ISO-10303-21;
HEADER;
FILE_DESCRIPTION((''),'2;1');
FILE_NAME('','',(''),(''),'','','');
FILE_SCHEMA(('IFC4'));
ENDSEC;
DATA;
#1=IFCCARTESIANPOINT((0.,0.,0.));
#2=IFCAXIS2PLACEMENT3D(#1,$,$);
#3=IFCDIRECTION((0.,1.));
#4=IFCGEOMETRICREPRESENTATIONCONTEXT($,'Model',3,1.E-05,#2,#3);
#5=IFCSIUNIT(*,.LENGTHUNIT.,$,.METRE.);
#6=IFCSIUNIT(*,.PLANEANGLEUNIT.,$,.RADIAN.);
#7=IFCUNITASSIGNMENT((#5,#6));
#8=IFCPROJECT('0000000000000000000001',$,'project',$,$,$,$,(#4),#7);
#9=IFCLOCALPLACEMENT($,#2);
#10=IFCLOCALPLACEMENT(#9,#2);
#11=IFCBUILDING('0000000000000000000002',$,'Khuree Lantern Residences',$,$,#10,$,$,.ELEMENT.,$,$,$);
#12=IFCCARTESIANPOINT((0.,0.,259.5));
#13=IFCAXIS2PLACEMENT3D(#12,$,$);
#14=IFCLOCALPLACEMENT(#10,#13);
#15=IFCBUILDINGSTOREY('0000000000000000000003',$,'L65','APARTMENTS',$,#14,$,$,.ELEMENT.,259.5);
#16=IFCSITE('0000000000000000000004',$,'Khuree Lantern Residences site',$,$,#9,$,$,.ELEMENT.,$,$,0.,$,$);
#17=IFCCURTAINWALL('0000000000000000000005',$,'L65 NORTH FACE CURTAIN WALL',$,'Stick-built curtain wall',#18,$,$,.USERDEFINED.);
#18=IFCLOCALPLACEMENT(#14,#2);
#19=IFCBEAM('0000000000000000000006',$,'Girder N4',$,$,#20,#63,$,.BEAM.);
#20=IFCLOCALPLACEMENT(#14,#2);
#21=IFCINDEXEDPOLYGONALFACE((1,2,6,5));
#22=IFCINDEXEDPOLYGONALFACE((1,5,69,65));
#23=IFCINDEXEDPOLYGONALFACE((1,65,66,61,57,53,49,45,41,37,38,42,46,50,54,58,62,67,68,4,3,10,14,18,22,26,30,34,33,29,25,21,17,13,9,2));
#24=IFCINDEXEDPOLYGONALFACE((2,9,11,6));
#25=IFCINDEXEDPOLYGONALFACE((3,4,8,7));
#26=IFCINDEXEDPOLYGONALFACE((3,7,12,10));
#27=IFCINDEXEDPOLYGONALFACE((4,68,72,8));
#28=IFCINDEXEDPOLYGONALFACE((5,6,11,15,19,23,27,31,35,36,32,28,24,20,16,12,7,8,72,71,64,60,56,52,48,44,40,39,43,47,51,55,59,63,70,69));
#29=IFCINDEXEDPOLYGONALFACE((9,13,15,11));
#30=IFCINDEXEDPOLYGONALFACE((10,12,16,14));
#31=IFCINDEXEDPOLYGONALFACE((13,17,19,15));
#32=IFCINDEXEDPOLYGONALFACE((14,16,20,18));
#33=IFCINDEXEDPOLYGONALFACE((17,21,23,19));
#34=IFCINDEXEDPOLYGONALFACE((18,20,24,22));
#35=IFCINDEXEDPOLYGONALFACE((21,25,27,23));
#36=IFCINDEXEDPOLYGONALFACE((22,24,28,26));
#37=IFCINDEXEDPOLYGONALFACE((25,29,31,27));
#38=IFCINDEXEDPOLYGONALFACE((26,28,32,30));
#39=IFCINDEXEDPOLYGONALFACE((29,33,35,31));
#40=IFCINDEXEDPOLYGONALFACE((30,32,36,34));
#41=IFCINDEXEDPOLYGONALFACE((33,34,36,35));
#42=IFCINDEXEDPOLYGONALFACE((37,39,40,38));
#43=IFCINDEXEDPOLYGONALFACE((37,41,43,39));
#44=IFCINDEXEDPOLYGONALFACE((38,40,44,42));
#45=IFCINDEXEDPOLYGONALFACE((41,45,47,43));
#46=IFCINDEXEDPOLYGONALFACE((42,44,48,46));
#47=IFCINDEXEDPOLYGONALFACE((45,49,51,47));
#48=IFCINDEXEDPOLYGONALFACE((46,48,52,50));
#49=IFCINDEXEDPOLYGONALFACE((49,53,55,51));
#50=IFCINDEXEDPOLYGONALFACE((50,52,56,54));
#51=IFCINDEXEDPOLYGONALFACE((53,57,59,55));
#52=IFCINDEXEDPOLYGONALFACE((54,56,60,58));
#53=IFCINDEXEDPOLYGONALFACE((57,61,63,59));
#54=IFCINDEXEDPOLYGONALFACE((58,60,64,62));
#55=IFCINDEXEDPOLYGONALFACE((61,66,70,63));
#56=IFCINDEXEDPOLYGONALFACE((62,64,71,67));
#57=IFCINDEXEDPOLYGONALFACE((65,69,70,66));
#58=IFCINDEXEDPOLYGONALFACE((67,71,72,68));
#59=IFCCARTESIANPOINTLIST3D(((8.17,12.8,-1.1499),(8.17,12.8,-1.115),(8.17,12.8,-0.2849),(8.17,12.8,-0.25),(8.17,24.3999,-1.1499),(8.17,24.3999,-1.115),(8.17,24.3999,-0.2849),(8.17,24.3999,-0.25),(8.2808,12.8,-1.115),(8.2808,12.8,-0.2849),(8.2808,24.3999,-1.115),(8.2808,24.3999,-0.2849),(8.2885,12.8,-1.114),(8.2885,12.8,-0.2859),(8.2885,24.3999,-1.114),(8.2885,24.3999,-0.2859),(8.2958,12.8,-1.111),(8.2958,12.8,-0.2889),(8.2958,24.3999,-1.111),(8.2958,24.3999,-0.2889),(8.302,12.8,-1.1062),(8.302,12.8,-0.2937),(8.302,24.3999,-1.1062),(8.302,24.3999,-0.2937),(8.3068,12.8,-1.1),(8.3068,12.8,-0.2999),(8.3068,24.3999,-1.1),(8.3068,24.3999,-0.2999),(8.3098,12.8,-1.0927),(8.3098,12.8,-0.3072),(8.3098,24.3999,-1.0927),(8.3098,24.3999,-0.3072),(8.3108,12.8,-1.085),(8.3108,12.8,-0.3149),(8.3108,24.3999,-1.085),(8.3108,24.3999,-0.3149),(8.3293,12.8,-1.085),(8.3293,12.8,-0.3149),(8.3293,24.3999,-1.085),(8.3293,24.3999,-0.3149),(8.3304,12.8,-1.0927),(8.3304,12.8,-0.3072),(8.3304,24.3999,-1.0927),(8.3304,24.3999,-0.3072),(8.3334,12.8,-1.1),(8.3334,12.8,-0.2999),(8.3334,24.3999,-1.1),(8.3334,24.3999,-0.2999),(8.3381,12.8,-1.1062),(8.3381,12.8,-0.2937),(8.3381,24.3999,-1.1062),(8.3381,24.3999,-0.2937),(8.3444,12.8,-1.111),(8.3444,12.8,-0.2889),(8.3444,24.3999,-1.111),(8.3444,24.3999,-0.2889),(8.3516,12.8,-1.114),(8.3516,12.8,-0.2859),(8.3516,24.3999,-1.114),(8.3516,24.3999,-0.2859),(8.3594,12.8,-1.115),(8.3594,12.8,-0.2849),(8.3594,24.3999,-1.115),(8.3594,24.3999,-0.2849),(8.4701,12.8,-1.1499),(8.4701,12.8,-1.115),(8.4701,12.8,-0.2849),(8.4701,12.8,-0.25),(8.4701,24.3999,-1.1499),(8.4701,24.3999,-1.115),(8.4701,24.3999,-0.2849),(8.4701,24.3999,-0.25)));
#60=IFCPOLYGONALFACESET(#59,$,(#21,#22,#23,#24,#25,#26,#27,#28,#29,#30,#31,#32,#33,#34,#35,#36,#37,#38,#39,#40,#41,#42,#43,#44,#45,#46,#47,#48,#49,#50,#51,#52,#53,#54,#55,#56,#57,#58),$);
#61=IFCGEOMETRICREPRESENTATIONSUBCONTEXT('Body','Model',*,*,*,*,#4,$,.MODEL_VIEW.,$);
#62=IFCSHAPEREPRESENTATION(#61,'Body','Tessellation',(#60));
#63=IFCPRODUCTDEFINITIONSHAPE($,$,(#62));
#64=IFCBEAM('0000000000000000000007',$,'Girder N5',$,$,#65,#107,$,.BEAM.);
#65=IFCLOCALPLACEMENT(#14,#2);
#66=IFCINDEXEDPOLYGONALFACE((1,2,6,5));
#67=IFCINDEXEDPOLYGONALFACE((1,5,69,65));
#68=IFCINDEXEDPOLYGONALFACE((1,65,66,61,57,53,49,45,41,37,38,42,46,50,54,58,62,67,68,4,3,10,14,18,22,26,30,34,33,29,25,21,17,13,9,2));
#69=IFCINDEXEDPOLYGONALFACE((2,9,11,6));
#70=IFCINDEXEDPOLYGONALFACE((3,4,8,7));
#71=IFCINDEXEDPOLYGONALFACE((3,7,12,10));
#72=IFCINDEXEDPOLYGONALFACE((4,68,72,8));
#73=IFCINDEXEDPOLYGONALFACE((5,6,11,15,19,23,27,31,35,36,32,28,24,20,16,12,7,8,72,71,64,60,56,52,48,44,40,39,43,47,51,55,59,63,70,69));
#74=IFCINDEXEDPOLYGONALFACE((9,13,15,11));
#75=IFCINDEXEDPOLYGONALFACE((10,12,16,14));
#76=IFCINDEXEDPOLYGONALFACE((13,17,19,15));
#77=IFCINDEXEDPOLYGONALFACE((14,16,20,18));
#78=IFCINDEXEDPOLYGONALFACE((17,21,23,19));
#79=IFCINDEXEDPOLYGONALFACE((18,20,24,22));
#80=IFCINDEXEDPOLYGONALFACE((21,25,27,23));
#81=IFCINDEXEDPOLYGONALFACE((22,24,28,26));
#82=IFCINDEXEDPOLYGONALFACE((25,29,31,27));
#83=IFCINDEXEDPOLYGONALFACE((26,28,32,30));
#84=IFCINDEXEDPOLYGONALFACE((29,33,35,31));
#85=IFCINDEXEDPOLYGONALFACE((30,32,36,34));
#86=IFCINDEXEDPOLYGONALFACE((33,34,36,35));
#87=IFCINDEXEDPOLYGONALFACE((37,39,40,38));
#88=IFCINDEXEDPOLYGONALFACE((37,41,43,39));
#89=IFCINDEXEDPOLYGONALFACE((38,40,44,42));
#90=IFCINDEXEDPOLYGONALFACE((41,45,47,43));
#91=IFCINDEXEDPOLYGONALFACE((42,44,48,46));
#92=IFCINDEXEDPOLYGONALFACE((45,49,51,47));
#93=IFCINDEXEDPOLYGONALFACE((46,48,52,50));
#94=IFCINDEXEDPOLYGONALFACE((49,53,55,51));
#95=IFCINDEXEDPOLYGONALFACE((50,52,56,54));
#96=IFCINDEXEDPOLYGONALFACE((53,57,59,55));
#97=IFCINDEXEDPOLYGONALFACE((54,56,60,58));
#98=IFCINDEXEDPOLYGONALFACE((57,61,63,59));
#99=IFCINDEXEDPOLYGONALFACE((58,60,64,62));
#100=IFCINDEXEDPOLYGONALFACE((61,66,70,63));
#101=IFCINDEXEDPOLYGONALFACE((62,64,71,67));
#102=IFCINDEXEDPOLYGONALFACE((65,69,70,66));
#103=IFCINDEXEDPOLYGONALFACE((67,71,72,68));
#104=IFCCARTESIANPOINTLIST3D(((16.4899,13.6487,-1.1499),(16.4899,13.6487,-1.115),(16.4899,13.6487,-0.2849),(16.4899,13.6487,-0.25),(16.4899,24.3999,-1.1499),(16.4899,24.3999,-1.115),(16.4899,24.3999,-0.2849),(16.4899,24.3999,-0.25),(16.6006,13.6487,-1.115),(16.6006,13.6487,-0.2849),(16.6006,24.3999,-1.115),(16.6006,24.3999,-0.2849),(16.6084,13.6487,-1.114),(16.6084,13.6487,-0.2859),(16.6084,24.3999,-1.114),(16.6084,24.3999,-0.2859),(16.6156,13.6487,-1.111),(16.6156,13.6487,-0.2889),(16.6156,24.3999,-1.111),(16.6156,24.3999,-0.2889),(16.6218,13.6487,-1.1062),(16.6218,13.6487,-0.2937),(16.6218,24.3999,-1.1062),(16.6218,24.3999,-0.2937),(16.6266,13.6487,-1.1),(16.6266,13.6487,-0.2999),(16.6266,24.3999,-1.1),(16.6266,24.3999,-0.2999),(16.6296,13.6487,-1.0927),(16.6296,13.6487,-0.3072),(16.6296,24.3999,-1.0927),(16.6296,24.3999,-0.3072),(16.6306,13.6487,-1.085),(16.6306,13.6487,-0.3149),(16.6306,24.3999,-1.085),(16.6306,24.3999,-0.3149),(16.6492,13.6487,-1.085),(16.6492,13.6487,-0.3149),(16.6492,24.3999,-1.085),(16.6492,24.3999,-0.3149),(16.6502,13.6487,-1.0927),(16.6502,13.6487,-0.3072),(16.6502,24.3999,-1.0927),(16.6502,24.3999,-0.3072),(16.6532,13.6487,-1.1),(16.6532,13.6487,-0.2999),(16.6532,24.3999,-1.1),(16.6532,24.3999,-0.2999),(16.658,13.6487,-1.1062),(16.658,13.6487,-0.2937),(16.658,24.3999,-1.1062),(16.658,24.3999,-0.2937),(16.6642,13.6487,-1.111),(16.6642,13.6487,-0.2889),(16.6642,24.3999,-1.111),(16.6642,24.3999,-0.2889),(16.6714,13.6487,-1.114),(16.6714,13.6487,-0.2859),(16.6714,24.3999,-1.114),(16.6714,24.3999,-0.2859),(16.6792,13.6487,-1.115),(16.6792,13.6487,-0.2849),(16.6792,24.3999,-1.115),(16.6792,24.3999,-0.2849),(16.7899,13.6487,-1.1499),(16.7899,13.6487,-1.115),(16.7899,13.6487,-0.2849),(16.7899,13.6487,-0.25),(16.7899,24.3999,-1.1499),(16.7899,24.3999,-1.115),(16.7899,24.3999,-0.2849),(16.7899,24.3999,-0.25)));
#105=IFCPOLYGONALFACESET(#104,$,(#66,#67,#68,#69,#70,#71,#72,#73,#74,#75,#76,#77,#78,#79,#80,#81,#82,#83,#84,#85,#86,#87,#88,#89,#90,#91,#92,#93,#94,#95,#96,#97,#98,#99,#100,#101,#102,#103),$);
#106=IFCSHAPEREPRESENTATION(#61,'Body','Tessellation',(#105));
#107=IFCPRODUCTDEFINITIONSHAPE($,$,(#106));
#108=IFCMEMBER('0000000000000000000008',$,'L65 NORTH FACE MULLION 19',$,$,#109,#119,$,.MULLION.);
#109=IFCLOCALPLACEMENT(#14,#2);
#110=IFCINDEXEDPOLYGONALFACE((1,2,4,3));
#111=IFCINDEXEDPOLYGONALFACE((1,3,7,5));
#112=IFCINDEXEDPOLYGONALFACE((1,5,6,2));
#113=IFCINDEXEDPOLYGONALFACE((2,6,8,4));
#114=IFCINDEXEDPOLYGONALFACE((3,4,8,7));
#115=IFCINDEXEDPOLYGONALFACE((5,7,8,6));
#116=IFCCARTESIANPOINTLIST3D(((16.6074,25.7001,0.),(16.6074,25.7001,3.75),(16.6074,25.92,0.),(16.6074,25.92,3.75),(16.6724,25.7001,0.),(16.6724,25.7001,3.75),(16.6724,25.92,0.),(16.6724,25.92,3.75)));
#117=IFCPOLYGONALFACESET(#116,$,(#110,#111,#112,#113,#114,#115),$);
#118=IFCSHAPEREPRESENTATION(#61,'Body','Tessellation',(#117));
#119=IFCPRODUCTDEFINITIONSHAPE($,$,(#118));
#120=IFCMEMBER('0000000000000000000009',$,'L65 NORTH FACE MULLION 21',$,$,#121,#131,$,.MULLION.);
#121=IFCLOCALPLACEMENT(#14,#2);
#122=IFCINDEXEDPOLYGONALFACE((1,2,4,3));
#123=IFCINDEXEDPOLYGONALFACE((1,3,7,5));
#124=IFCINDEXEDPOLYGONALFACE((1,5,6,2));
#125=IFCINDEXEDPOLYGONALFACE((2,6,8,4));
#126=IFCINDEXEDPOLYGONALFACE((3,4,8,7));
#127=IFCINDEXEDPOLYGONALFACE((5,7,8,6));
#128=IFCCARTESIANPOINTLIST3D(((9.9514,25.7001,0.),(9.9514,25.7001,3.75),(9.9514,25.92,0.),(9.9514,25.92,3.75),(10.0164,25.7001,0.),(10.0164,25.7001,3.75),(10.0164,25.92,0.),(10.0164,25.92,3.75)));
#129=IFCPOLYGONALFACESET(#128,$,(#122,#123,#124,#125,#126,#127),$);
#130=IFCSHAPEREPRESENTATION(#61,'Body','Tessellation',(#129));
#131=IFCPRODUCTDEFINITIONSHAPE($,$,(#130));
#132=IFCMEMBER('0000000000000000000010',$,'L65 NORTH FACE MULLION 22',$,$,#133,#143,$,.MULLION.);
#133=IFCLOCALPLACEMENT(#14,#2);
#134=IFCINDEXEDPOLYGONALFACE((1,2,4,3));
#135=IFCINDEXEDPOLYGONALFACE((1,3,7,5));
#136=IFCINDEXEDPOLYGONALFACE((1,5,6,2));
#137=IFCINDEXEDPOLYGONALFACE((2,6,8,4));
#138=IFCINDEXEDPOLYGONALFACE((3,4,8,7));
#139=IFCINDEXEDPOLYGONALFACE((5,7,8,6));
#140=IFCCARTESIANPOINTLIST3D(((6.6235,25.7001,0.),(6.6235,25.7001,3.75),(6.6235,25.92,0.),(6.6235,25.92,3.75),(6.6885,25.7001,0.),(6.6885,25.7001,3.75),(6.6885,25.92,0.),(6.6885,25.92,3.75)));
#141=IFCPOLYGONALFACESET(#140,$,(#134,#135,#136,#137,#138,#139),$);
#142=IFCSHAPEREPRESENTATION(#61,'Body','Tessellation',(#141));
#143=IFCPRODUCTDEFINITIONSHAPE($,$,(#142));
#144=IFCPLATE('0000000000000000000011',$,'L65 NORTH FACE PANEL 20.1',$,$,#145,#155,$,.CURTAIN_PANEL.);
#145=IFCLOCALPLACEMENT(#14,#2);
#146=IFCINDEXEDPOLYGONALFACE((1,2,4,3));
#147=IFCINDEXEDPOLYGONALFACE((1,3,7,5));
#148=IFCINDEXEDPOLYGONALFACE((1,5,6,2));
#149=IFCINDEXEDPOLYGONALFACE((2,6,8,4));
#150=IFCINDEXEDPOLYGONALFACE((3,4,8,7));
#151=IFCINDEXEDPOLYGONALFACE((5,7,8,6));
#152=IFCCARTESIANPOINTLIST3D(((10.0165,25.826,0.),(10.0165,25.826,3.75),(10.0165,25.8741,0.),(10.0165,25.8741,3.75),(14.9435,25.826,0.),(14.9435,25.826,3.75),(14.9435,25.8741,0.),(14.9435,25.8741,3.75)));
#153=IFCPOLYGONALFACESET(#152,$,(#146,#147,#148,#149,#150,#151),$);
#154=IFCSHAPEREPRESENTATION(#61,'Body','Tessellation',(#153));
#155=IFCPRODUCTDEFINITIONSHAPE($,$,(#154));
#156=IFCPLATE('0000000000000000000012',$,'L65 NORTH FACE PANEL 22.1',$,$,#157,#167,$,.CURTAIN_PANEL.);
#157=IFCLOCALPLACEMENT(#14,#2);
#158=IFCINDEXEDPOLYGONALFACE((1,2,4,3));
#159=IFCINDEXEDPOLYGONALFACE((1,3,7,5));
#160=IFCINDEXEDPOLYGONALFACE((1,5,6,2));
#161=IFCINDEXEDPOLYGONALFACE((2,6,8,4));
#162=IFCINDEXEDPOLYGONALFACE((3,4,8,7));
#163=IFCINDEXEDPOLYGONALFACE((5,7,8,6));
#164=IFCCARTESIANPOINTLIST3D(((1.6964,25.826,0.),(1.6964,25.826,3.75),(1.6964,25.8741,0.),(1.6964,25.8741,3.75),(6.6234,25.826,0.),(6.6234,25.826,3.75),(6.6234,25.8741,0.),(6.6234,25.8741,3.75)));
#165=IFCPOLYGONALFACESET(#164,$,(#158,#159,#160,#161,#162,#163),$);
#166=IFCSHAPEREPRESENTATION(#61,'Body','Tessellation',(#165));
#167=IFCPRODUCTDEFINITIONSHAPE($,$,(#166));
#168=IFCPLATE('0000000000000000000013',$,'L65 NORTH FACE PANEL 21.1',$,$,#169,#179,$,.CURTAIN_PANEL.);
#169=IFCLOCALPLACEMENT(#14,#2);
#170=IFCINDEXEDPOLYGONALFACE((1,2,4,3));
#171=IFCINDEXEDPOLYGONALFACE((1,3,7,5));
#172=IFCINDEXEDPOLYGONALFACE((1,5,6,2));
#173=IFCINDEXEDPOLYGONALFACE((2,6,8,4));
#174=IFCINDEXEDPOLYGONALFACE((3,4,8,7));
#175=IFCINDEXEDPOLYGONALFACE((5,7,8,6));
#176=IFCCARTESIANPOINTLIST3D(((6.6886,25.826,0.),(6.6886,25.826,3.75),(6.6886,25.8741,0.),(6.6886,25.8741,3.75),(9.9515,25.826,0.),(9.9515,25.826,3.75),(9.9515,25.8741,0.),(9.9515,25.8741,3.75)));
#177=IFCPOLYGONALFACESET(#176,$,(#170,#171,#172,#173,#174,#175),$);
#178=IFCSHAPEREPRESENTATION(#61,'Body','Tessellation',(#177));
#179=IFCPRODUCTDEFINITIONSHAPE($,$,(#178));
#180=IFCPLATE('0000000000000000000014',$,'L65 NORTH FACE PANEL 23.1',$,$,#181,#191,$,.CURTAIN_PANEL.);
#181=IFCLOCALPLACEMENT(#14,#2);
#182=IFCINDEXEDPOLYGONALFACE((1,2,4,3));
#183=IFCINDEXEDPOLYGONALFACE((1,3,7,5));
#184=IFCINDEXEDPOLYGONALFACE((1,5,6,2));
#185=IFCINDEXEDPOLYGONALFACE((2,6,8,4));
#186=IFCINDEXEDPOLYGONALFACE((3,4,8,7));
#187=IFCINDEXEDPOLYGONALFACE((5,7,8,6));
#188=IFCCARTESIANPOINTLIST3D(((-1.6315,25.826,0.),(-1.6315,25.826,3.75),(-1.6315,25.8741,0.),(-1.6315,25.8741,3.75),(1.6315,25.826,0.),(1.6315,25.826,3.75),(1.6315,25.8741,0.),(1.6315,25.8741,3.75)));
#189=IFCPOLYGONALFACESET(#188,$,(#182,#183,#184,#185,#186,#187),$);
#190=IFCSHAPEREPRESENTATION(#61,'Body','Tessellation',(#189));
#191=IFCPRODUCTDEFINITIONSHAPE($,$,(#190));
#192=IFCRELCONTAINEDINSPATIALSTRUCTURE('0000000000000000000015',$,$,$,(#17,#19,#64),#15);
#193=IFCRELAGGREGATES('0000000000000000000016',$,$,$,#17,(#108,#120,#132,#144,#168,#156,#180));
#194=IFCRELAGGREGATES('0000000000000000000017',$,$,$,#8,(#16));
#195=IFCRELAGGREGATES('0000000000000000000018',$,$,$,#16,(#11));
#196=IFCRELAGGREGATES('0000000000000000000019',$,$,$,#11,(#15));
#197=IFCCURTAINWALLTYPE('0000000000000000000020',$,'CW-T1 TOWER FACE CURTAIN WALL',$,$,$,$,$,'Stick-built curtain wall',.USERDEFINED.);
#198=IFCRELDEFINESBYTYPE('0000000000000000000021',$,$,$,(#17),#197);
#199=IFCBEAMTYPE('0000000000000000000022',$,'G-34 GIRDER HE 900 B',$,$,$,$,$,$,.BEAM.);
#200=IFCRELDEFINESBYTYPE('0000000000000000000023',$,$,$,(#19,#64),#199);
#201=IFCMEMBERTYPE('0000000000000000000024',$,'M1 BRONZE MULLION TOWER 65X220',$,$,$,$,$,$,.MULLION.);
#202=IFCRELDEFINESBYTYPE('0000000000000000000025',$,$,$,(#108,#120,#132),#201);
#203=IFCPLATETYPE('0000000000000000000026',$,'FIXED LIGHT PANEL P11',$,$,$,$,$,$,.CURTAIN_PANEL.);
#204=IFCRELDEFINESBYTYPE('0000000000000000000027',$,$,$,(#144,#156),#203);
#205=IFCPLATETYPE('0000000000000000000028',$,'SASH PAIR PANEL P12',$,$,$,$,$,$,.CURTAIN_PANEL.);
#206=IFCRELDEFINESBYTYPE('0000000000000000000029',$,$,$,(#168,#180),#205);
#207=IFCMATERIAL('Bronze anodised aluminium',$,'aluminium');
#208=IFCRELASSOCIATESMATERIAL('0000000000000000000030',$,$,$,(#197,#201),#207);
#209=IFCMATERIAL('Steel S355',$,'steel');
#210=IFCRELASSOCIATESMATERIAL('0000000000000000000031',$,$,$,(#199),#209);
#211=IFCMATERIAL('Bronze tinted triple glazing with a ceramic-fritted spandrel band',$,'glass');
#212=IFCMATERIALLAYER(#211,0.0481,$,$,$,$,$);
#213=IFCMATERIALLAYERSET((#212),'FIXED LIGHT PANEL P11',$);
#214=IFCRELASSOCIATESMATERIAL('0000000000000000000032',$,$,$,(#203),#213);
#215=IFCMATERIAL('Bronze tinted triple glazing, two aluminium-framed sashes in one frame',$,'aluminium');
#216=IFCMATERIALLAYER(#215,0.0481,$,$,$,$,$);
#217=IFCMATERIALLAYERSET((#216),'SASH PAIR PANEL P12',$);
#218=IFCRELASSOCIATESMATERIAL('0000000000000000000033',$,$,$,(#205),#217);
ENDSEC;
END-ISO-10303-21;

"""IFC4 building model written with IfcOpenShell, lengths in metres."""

from ifc_helpers import new_model, si_unit, direction, frame, origin, origin_2d, place, context, subcontext, project, spatial, rectangle, i_section, extrude, material, layer, layer_set, material_profile, profile_set, type_object, element, aggregate, save


model = new_model("IFC4")

# Units and contexts
model_context = context("Model", 3, precision=1e-05, world=origin(), true_north=direction((0.0, 1.0)))
body_context = subcontext(model_context, "Body", "Model", "MODEL_VIEW")
ifc_project = project(units=[si_unit("LENGTHUNIT", "METRE"), si_unit("PLANEANGLEUNIT", "RADIAN")], contexts=[model_context])

# Site, building, storey
site_placement = place(None, origin())
site = spatial("IfcSite", under=ifc_project, at=site_placement, Name="Khuree Lantern Residences site", CompositionType="ELEMENT", RefElevation=0.0)
building_placement = place(site_placement, origin())
building = spatial("IfcBuilding", under=site, at=building_placement, Name="Khuree Lantern Residences", CompositionType="ELEMENT")
storey_placement = place(building_placement, frame((0.0, 0.0, 259.5)))
storey = spatial("IfcBuildingStorey", under=building, at=storey_placement, Name="L65", Description="APARTMENTS", CompositionType="ELEMENT", Elevation=259.5)

# Shared definitions
ifc_material_1 = material(Name="Steel S355", Category="steel")

# Curtain wall
ifc_material_2 = material(Name="Bronze anodised aluminium", Category="aluminium")
curtain_wall_type = type_object("IfcCurtainWallType", Name="CW-T1 TOWER FACE CURTAIN WALL", ElementType="Stick-built curtain wall", PredefinedType="USERDEFINED", material=ifc_material_2)
curtain_wall_placement = place(storey_placement, origin())
curtain_wall = element("IfcCurtainWall", 1, at=curtain_wall_placement, inside=storey, type_object=curtain_wall_type, Name="L65 NORTH FACE CURTAIN WALL", ObjectType="Stick-built curtain wall", PredefinedType="USERDEFINED")

# Beams
ifc_material_profile_1 = material_profile(ifc_material_1, i_section(OverallWidth=0.3, OverallDepth=0.8999, WebThickness=0.0186, FlangeThickness=0.0349, FilletRadius=0.03, at=origin_2d()), Name="HE 900 B")
ifc_profile_set_1 = profile_set([ifc_material_profile_1], Name="Steel S355")
beam_type_1 = type_object("IfcBeamType", Name="G-34 GIRDER HE 900 B", PredefinedType="BEAM", material=ifc_profile_set_1)
for number, where, z_axis, x_axis, name in (
    (2, (8.3201, 24.3999, -0.7), (0.0, -1.0, 0.0), (1.0, 0.0, 0.0), "Girder N4"),
):
    element("IfcBeam", number, at=place(storey_placement, frame(where, z_axis=z_axis, x_axis=x_axis)), inside=storey, type_object=beam_type_1, Name=name, PredefinedType="BEAM", context=body_context, shape_type="SweptSolid", body=[
        extrude(i_section(OverallWidth=0.3, OverallDepth=0.8999, WebThickness=0.0186, FlangeThickness=0.0349, FilletRadius=0.03, at=origin_2d()), origin(), (0.0, 0.0, 1.0), 11.5999),
    ])
beam_1_placement = place(storey_placement, frame((16.6399, 24.3999, -0.7), z_axis=(0.0, -1.0, 0.0), x_axis=(1.0, 0.0, 0.0)))
element("IfcBeam", 3, at=beam_1_placement, inside=storey, type_object=beam_type_1, Name="Girder N5", PredefinedType="BEAM", context=body_context, shape_type="SweptSolid", body=[
    extrude(i_section(OverallWidth=0.3, OverallDepth=0.8999, WebThickness=0.0186, FlangeThickness=0.0349, FilletRadius=0.03, at=origin_2d()), origin(), (0.0, 0.0, 1.0), 10.7512),
])

# Members
ifc_material_profile_2 = material_profile(ifc_material_2, rectangle(XDim=0.0649, YDim=0.22, at=origin_2d()), Name="M1 65X220")
ifc_profile_set_2 = profile_set([ifc_material_profile_2], Name="Bronze anodised aluminium")
member_type_1 = type_object("IfcMemberType", Name="M1 BRONZE MULLION TOWER 65X220", PredefinedType="MULLION", material=ifc_profile_set_2)
member_1_placement = place(storey_placement, frame((16.6399, 25.8101, 0.0), z_axis=(0.0, 0.0, 1.0), x_axis=(-1.0, 0.0, 0.0)))
member_1 = element("IfcMember", 4, at=member_1_placement, type_object=member_type_1, Name="L65 NORTH FACE MULLION 19", PredefinedType="MULLION", context=body_context, shape_type="SweptSolid", body=[
    extrude(rectangle(XDim=0.0649, YDim=0.22, at=origin_2d()), origin(), (0.0, 0.0, 1.0), 3.75),
])
member_2_placement = place(storey_placement, frame((9.9839, 25.8101, 0.0), z_axis=(0.0, 0.0, 1.0), x_axis=(-1.0, 0.0, 0.0)))
member_2 = element("IfcMember", 5, at=member_2_placement, type_object=member_type_1, Name="L65 NORTH FACE MULLION 21", PredefinedType="MULLION", context=body_context, shape_type="SweptSolid", body=[
    extrude(rectangle(XDim=0.0649, YDim=0.22, at=origin_2d()), origin(), (0.0, 0.0, 1.0), 3.75),
])
member_3_placement = place(storey_placement, frame((6.656, 25.8101, 0.0), z_axis=(0.0, 0.0, 1.0), x_axis=(-1.0, 0.0, 0.0)))
member_3 = element("IfcMember", 6, at=member_3_placement, type_object=member_type_1, Name="L65 NORTH FACE MULLION 22", PredefinedType="MULLION", context=body_context, shape_type="SweptSolid", body=[
    extrude(rectangle(XDim=0.0649, YDim=0.22, at=origin_2d()), origin(), (0.0, 0.0, 1.0), 3.75),
])

# Plates
ifc_material_3 = material(Name="Bronze tinted triple glazing with a ceramic-fritted spandrel band", Category="glass")
ifc_layer_1 = layer(ifc_material_3, 0.0481)
ifc_layer_set_1 = layer_set([ifc_layer_1], Name="FIXED LIGHT PANEL P11")
plate_type_1 = type_object("IfcPlateType", Name="FIXED LIGHT PANEL P11", PredefinedType="CURTAIN_PANEL", material=ifc_layer_set_1)
plate_1_placement = place(storey_placement, frame((12.48, 25.8501, 0.0), z_axis=(0.0, 0.0, 1.0), x_axis=(-1.0, 0.0, 0.0)))
plate_1 = element("IfcPlate", 7, at=plate_1_placement, type_object=plate_type_1, Name="L65 NORTH FACE PANEL 20.1", PredefinedType="CURTAIN_PANEL", context=body_context, shape_type="SweptSolid", body=[
    extrude(rectangle(XDim=4.927, YDim=0.0481, at=origin_2d()), origin(), (0.0, 0.0, 1.0), 3.75),
])
plate_2_placement = place(storey_placement, frame((4.1599, 25.8501, 0.0), z_axis=(0.0, 0.0, 1.0), x_axis=(-1.0, 0.0, 0.0)))
plate_2 = element("IfcPlate", 8, at=plate_2_placement, type_object=plate_type_1, Name="L65 NORTH FACE PANEL 22.1", PredefinedType="CURTAIN_PANEL", context=body_context, shape_type="SweptSolid", body=[
    extrude(rectangle(XDim=4.927, YDim=0.0481, at=origin_2d()), origin(), (0.0, 0.0, 1.0), 3.75),
])
ifc_material_4 = material(Name="Bronze tinted triple glazing, two aluminium-framed sashes in one frame", Category="aluminium")
ifc_layer_2 = layer(ifc_material_4, 0.0481)
ifc_layer_set_2 = layer_set([ifc_layer_2], Name="SASH PAIR PANEL P12")
plate_type_2 = type_object("IfcPlateType", Name="SASH PAIR PANEL P12", PredefinedType="CURTAIN_PANEL", material=ifc_layer_set_2)
plate_3_placement = place(storey_placement, frame((8.3201, 25.8501, 0.0), z_axis=(0.0, 0.0, 1.0), x_axis=(-1.0, 0.0, 0.0)))
plate_3 = element("IfcPlate", 9, at=plate_3_placement, type_object=plate_type_2, Name="L65 NORTH FACE PANEL 21.1", PredefinedType="CURTAIN_PANEL", context=body_context, shape_type="SweptSolid", body=[
    extrude(rectangle(XDim=3.2629, YDim=0.0481, at=origin_2d()), origin(), (0.0, 0.0, 1.0), 3.75),
])
plate_4_placement = place(storey_placement, frame((0.0, 25.8501, 0.0), z_axis=(0.0, 0.0, 1.0), x_axis=(-1.0, 0.0, 0.0)))
plate_4 = element("IfcPlate", 10, at=plate_4_placement, type_object=plate_type_2, Name="L65 NORTH FACE PANEL 23.1", PredefinedType="CURTAIN_PANEL", context=body_context, shape_type="SweptSolid", body=[
    extrude(rectangle(XDim=3.2629, YDim=0.0481, at=origin_2d()), origin(), (0.0, 0.0, 1.0), 3.75),
])
aggregate(curtain_wall, [member_1, member_2, member_3, plate_1, plate_3, plate_2, plate_4])

save(model, "model.ifc")
